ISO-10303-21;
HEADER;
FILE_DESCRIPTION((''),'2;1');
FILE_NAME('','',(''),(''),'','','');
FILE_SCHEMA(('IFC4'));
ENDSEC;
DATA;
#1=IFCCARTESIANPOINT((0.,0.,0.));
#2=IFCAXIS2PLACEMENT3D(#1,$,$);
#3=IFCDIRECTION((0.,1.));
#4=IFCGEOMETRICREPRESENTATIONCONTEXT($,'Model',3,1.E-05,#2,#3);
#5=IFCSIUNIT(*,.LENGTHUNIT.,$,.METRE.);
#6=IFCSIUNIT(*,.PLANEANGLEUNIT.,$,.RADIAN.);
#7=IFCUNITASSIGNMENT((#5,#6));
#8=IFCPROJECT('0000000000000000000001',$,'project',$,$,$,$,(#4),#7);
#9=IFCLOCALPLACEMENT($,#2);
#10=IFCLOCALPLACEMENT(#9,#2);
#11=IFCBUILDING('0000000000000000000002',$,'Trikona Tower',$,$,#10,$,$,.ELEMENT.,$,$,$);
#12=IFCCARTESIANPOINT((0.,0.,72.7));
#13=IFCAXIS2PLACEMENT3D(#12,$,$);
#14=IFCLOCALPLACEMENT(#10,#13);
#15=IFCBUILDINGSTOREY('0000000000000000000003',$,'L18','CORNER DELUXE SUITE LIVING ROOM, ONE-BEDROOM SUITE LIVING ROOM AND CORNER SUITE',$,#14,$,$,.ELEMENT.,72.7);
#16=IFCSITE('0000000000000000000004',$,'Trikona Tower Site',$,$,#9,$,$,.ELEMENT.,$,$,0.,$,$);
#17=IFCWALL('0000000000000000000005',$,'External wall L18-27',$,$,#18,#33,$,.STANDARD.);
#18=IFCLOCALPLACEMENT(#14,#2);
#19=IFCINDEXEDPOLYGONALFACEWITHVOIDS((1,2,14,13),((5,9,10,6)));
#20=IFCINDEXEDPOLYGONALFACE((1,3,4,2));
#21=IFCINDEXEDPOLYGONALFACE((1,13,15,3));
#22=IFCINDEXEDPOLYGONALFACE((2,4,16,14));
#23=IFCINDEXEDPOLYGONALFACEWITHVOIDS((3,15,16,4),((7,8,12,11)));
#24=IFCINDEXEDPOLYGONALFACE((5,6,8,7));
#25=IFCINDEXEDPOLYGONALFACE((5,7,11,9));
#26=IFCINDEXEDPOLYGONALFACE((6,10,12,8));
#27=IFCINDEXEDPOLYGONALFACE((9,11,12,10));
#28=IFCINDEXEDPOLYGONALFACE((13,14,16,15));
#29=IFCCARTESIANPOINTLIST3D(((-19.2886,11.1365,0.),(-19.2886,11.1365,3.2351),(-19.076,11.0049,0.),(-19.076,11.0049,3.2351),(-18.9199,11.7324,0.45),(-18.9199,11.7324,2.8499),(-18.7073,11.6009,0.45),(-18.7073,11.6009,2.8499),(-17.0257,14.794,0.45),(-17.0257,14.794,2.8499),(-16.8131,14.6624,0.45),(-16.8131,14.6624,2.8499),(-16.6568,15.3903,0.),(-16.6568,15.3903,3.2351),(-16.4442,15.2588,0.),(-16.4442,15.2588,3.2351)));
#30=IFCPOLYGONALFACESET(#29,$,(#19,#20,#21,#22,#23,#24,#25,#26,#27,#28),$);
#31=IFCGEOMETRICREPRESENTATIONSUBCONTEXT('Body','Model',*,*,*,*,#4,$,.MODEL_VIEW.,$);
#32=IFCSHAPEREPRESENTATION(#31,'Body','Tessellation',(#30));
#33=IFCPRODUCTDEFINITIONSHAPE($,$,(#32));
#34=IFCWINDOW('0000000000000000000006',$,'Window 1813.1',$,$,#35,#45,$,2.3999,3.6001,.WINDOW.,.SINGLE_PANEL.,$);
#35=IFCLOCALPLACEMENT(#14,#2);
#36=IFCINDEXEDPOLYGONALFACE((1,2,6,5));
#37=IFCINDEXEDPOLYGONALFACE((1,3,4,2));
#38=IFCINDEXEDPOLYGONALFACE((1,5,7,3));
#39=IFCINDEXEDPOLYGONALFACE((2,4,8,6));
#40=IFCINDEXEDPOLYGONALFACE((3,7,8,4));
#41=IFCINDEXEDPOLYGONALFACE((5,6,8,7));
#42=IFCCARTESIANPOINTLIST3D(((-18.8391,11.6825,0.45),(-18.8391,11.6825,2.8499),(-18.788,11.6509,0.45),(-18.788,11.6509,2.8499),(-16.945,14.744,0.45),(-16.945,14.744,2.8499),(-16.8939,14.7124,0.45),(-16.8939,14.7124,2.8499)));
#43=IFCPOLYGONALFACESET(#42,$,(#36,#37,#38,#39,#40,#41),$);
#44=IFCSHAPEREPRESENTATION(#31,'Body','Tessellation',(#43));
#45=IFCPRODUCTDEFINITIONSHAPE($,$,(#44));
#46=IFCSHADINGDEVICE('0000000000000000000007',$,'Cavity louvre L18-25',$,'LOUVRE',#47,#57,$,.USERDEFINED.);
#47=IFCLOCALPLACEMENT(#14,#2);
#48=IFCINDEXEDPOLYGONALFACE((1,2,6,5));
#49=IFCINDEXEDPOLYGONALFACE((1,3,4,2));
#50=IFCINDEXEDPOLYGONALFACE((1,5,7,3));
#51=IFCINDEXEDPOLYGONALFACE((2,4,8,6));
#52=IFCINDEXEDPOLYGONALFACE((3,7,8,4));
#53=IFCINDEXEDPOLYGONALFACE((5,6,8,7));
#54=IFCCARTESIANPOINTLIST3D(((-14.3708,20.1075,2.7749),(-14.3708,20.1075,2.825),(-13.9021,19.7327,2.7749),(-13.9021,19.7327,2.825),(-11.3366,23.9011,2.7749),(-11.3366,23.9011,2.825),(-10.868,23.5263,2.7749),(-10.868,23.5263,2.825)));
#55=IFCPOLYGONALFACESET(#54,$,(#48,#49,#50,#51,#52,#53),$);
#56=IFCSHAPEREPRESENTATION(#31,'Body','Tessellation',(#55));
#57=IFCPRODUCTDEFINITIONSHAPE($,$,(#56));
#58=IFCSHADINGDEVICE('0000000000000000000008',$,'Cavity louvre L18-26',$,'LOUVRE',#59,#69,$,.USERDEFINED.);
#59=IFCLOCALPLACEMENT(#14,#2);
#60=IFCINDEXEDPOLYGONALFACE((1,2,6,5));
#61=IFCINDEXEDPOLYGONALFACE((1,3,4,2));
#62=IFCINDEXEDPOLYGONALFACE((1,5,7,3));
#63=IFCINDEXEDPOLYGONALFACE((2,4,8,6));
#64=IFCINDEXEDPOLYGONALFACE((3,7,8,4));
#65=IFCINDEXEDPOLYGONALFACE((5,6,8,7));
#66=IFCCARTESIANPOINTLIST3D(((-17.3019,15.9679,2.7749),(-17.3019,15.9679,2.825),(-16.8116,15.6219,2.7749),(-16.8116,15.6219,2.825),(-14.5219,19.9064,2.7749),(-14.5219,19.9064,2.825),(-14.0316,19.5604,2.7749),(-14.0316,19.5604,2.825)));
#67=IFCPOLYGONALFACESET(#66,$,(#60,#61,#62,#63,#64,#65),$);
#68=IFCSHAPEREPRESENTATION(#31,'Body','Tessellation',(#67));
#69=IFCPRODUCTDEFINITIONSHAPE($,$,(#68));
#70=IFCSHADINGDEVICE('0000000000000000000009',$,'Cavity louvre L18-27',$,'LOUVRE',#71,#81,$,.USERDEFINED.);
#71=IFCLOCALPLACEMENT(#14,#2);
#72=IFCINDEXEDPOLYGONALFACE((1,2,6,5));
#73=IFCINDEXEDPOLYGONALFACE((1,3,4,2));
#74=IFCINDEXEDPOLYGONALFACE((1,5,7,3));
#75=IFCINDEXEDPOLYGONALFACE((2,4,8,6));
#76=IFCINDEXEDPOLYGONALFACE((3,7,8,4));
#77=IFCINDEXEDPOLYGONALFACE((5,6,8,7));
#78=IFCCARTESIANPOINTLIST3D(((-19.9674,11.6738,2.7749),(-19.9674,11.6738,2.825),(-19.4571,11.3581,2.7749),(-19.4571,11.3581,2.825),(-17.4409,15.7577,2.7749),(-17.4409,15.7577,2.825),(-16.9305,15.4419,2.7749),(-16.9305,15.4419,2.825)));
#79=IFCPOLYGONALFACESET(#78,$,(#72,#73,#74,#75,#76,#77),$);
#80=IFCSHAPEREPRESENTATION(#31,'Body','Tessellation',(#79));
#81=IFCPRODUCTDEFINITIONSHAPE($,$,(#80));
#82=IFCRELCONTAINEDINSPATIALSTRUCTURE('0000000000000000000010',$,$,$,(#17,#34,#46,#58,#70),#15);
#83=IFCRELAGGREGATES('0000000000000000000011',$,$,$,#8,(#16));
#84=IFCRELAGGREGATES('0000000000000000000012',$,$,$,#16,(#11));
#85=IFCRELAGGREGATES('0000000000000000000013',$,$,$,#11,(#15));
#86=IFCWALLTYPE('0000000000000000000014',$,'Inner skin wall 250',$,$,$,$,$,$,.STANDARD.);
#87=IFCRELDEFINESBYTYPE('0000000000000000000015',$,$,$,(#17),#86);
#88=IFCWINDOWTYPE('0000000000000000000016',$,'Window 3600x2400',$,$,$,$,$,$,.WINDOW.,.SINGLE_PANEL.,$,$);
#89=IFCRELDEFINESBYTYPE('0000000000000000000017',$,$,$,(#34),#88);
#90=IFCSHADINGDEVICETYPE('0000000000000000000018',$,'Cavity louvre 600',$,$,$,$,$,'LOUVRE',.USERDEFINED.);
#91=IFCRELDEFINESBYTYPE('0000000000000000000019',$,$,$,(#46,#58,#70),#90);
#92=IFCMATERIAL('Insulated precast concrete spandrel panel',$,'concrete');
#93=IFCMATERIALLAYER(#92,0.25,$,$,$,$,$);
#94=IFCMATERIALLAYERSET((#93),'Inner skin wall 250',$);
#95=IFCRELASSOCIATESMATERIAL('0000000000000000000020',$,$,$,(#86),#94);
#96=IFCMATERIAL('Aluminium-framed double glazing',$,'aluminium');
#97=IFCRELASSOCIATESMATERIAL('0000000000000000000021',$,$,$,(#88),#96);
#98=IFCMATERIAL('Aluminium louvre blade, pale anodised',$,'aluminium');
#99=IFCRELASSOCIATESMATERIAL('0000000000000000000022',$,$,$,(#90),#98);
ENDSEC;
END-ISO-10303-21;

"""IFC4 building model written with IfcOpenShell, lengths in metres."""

from ifc_helpers import new_model, si_unit, direction, frame, frame_2d, origin, origin_2d, place, context, subcontext, project, spatial, rectangle, extrude, material, layer, layer_set, type_object, element, fill, save


model = new_model("IFC4")

# Units and contexts
model_context = context("Model", 3, precision=1e-05, world=origin(), true_north=direction((0.0, 1.0)))
body_context = subcontext(model_context, "Body", "Model", "MODEL_VIEW")
ifc_project = project(units=[si_unit("LENGTHUNIT", "METRE"), si_unit("PLANEANGLEUNIT", "RADIAN")], contexts=[model_context])

# Site, building, storey
site_placement = place(None, origin())
site = spatial("IfcSite", under=ifc_project, at=site_placement, Name="Trikona Tower Site", CompositionType="ELEMENT", RefElevation=0.0)
building_placement = place(site_placement, origin())
building = spatial("IfcBuilding", under=site, at=building_placement, Name="Trikona Tower", CompositionType="ELEMENT")
storey_placement = place(building_placement, frame((0.0, 0.0, 72.7)))
storey = spatial("IfcBuildingStorey", under=building, at=storey_placement, Name="L18", Description="CORNER DELUXE SUITE LIVING ROOM, ONE-BEDROOM SUITE LIVING ROOM AND CORNER SUITE", CompositionType="ELEMENT", Elevation=72.7)

# Wall, opening, window
ifc_material_1 = material(Name="Insulated precast concrete spandrel panel", Category="concrete")
ifc_layer_1 = layer(ifc_material_1, 0.25)
ifc_layer_set_1 = layer_set([ifc_layer_1], Name="Inner skin wall 250")
wall_type = type_object("IfcWallType", Name="Inner skin wall 250", PredefinedType="STANDARD", material=ifc_layer_set_1)
ifc_material_2 = material(Name="Aluminium-framed double glazing", Category="aluminium")
window_type = type_object("IfcWindowType", Name="Window 3600x2400", PartitioningType="SINGLE_PANEL", PredefinedType="WINDOW", material=ifc_material_2)
wall_1_placement = place(storey_placement, frame((-16.5505, 15.3245, 0.0), z_axis=(0.0, 0.0, 1.0), x_axis=(-0.526133, -0.850402, 0.0)))
wall_1 = element("IfcWall", 1, at=wall_1_placement, inside=storey, type_object=wall_type, Name="External wall L18-27", PredefinedType="STANDARD", context=body_context, shape_type="SweptSolid", body=[
    extrude(rectangle(XDim=5.0022, YDim=0.25, at=frame_2d((2.501, 0.0))), origin(), (0.0, 0.0, 1.0), 3.2351),
])
opening_1_placement = place(wall_1_placement, frame((0.7012, 0.0, 0.45)))
opening_1 = element("IfcOpeningElement", 2, at=opening_1_placement, cuts=wall_1, PredefinedType="OPENING", context=body_context, shape_type="SweptSolid", body=[
    extrude(rectangle(XDim=3.6001, YDim=2.3999, at=frame_2d((1.8, 1.2))), frame((0.0, 0.135, 0.0), z_axis=(0.0, -1.0, 0.0), x_axis=(1.0, 0.0, 0.0)), (0.0, 0.0, 1.0), 0.27),
])
window_1_placement = place(opening_1_placement, origin())
window_1 = element("IfcWindow", 3, at=window_1_placement, inside=storey, type_object=window_type, Name="Window 1813.1", OverallHeight=2.3999, OverallWidth=3.6001, PartitioningType="SINGLE_PANEL", PredefinedType="WINDOW", context=body_context, shape_type="SweptSolid", body=[
    extrude(rectangle(XDim=3.6001, YDim=2.3999, at=frame_2d((1.8, 1.2))), frame((0.0, 0.03, 0.0), z_axis=(0.0, -1.0, 0.0), x_axis=(1.0, 0.0, 0.0)), (0.0, 0.0, 1.0), 0.0601),
])
fill(opening_1, window_1)

# Shading devices
ifc_material_3 = material(Name="Aluminium louvre blade, pale anodised", Category="aluminium")
shading_device_type = type_object("IfcShadingDeviceType", Name="Cavity louvre 600", ElementType="LOUVRE", PredefinedType="USERDEFINED", material=ifc_material_3)
shading_device_1_placement = place(storey_placement, frame((-12.6194, 21.8169, 2.7749), z_axis=(0.0, 0.0, 1.0), x_axis=(-0.624604, -0.780942, 0.0)))
element("IfcShadingDevice", 4, at=shading_device_1_placement, inside=storey, type_object=shading_device_type, Name="Cavity louvre L18-25", ObjectType="LOUVRE", PredefinedType="USERDEFINED", context=body_context, shape_type="SweptSolid", body=[
    extrude(rectangle(XDim=4.8577, YDim=0.6001, at=origin_2d()), origin(), (0.0, 0.0, 1.0), 0.05),
])
shading_device_2_placement = place(storey_placement, frame((-15.6667, 17.7642, 2.7749), z_axis=(0.0, 0.0, 1.0), x_axis=(-0.576662, -0.816983, 0.0)))
element("IfcShadingDevice", 5, at=shading_device_2_placement, inside=storey, type_object=shading_device_type, Name="Cavity louvre L18-26", ObjectType="LOUVRE", PredefinedType="USERDEFINED", context=body_context, shape_type="SweptSolid", body=[
    extrude(rectangle(XDim=4.8208, YDim=0.6001, at=origin_2d()), origin(), (0.0, 0.0, 1.0), 0.05),
])
shading_device_3_placement = place(storey_placement, frame((-18.449, 13.5579, 2.7749), z_axis=(0.0, 0.0, 1.0), x_axis=(-0.526119, -0.850411, 0.0)))
element("IfcShadingDevice", 6, at=shading_device_3_placement, inside=storey, type_object=shading_device_type, Name="Cavity louvre L18-27", ObjectType="LOUVRE", PredefinedType="USERDEFINED", context=body_context, shape_type="SweptSolid", body=[
    extrude(rectangle(XDim=4.8022, YDim=0.6001, at=origin_2d()), origin(), (0.0, 0.0, 1.0), 0.05),
])

save(model, "model.ifc")
